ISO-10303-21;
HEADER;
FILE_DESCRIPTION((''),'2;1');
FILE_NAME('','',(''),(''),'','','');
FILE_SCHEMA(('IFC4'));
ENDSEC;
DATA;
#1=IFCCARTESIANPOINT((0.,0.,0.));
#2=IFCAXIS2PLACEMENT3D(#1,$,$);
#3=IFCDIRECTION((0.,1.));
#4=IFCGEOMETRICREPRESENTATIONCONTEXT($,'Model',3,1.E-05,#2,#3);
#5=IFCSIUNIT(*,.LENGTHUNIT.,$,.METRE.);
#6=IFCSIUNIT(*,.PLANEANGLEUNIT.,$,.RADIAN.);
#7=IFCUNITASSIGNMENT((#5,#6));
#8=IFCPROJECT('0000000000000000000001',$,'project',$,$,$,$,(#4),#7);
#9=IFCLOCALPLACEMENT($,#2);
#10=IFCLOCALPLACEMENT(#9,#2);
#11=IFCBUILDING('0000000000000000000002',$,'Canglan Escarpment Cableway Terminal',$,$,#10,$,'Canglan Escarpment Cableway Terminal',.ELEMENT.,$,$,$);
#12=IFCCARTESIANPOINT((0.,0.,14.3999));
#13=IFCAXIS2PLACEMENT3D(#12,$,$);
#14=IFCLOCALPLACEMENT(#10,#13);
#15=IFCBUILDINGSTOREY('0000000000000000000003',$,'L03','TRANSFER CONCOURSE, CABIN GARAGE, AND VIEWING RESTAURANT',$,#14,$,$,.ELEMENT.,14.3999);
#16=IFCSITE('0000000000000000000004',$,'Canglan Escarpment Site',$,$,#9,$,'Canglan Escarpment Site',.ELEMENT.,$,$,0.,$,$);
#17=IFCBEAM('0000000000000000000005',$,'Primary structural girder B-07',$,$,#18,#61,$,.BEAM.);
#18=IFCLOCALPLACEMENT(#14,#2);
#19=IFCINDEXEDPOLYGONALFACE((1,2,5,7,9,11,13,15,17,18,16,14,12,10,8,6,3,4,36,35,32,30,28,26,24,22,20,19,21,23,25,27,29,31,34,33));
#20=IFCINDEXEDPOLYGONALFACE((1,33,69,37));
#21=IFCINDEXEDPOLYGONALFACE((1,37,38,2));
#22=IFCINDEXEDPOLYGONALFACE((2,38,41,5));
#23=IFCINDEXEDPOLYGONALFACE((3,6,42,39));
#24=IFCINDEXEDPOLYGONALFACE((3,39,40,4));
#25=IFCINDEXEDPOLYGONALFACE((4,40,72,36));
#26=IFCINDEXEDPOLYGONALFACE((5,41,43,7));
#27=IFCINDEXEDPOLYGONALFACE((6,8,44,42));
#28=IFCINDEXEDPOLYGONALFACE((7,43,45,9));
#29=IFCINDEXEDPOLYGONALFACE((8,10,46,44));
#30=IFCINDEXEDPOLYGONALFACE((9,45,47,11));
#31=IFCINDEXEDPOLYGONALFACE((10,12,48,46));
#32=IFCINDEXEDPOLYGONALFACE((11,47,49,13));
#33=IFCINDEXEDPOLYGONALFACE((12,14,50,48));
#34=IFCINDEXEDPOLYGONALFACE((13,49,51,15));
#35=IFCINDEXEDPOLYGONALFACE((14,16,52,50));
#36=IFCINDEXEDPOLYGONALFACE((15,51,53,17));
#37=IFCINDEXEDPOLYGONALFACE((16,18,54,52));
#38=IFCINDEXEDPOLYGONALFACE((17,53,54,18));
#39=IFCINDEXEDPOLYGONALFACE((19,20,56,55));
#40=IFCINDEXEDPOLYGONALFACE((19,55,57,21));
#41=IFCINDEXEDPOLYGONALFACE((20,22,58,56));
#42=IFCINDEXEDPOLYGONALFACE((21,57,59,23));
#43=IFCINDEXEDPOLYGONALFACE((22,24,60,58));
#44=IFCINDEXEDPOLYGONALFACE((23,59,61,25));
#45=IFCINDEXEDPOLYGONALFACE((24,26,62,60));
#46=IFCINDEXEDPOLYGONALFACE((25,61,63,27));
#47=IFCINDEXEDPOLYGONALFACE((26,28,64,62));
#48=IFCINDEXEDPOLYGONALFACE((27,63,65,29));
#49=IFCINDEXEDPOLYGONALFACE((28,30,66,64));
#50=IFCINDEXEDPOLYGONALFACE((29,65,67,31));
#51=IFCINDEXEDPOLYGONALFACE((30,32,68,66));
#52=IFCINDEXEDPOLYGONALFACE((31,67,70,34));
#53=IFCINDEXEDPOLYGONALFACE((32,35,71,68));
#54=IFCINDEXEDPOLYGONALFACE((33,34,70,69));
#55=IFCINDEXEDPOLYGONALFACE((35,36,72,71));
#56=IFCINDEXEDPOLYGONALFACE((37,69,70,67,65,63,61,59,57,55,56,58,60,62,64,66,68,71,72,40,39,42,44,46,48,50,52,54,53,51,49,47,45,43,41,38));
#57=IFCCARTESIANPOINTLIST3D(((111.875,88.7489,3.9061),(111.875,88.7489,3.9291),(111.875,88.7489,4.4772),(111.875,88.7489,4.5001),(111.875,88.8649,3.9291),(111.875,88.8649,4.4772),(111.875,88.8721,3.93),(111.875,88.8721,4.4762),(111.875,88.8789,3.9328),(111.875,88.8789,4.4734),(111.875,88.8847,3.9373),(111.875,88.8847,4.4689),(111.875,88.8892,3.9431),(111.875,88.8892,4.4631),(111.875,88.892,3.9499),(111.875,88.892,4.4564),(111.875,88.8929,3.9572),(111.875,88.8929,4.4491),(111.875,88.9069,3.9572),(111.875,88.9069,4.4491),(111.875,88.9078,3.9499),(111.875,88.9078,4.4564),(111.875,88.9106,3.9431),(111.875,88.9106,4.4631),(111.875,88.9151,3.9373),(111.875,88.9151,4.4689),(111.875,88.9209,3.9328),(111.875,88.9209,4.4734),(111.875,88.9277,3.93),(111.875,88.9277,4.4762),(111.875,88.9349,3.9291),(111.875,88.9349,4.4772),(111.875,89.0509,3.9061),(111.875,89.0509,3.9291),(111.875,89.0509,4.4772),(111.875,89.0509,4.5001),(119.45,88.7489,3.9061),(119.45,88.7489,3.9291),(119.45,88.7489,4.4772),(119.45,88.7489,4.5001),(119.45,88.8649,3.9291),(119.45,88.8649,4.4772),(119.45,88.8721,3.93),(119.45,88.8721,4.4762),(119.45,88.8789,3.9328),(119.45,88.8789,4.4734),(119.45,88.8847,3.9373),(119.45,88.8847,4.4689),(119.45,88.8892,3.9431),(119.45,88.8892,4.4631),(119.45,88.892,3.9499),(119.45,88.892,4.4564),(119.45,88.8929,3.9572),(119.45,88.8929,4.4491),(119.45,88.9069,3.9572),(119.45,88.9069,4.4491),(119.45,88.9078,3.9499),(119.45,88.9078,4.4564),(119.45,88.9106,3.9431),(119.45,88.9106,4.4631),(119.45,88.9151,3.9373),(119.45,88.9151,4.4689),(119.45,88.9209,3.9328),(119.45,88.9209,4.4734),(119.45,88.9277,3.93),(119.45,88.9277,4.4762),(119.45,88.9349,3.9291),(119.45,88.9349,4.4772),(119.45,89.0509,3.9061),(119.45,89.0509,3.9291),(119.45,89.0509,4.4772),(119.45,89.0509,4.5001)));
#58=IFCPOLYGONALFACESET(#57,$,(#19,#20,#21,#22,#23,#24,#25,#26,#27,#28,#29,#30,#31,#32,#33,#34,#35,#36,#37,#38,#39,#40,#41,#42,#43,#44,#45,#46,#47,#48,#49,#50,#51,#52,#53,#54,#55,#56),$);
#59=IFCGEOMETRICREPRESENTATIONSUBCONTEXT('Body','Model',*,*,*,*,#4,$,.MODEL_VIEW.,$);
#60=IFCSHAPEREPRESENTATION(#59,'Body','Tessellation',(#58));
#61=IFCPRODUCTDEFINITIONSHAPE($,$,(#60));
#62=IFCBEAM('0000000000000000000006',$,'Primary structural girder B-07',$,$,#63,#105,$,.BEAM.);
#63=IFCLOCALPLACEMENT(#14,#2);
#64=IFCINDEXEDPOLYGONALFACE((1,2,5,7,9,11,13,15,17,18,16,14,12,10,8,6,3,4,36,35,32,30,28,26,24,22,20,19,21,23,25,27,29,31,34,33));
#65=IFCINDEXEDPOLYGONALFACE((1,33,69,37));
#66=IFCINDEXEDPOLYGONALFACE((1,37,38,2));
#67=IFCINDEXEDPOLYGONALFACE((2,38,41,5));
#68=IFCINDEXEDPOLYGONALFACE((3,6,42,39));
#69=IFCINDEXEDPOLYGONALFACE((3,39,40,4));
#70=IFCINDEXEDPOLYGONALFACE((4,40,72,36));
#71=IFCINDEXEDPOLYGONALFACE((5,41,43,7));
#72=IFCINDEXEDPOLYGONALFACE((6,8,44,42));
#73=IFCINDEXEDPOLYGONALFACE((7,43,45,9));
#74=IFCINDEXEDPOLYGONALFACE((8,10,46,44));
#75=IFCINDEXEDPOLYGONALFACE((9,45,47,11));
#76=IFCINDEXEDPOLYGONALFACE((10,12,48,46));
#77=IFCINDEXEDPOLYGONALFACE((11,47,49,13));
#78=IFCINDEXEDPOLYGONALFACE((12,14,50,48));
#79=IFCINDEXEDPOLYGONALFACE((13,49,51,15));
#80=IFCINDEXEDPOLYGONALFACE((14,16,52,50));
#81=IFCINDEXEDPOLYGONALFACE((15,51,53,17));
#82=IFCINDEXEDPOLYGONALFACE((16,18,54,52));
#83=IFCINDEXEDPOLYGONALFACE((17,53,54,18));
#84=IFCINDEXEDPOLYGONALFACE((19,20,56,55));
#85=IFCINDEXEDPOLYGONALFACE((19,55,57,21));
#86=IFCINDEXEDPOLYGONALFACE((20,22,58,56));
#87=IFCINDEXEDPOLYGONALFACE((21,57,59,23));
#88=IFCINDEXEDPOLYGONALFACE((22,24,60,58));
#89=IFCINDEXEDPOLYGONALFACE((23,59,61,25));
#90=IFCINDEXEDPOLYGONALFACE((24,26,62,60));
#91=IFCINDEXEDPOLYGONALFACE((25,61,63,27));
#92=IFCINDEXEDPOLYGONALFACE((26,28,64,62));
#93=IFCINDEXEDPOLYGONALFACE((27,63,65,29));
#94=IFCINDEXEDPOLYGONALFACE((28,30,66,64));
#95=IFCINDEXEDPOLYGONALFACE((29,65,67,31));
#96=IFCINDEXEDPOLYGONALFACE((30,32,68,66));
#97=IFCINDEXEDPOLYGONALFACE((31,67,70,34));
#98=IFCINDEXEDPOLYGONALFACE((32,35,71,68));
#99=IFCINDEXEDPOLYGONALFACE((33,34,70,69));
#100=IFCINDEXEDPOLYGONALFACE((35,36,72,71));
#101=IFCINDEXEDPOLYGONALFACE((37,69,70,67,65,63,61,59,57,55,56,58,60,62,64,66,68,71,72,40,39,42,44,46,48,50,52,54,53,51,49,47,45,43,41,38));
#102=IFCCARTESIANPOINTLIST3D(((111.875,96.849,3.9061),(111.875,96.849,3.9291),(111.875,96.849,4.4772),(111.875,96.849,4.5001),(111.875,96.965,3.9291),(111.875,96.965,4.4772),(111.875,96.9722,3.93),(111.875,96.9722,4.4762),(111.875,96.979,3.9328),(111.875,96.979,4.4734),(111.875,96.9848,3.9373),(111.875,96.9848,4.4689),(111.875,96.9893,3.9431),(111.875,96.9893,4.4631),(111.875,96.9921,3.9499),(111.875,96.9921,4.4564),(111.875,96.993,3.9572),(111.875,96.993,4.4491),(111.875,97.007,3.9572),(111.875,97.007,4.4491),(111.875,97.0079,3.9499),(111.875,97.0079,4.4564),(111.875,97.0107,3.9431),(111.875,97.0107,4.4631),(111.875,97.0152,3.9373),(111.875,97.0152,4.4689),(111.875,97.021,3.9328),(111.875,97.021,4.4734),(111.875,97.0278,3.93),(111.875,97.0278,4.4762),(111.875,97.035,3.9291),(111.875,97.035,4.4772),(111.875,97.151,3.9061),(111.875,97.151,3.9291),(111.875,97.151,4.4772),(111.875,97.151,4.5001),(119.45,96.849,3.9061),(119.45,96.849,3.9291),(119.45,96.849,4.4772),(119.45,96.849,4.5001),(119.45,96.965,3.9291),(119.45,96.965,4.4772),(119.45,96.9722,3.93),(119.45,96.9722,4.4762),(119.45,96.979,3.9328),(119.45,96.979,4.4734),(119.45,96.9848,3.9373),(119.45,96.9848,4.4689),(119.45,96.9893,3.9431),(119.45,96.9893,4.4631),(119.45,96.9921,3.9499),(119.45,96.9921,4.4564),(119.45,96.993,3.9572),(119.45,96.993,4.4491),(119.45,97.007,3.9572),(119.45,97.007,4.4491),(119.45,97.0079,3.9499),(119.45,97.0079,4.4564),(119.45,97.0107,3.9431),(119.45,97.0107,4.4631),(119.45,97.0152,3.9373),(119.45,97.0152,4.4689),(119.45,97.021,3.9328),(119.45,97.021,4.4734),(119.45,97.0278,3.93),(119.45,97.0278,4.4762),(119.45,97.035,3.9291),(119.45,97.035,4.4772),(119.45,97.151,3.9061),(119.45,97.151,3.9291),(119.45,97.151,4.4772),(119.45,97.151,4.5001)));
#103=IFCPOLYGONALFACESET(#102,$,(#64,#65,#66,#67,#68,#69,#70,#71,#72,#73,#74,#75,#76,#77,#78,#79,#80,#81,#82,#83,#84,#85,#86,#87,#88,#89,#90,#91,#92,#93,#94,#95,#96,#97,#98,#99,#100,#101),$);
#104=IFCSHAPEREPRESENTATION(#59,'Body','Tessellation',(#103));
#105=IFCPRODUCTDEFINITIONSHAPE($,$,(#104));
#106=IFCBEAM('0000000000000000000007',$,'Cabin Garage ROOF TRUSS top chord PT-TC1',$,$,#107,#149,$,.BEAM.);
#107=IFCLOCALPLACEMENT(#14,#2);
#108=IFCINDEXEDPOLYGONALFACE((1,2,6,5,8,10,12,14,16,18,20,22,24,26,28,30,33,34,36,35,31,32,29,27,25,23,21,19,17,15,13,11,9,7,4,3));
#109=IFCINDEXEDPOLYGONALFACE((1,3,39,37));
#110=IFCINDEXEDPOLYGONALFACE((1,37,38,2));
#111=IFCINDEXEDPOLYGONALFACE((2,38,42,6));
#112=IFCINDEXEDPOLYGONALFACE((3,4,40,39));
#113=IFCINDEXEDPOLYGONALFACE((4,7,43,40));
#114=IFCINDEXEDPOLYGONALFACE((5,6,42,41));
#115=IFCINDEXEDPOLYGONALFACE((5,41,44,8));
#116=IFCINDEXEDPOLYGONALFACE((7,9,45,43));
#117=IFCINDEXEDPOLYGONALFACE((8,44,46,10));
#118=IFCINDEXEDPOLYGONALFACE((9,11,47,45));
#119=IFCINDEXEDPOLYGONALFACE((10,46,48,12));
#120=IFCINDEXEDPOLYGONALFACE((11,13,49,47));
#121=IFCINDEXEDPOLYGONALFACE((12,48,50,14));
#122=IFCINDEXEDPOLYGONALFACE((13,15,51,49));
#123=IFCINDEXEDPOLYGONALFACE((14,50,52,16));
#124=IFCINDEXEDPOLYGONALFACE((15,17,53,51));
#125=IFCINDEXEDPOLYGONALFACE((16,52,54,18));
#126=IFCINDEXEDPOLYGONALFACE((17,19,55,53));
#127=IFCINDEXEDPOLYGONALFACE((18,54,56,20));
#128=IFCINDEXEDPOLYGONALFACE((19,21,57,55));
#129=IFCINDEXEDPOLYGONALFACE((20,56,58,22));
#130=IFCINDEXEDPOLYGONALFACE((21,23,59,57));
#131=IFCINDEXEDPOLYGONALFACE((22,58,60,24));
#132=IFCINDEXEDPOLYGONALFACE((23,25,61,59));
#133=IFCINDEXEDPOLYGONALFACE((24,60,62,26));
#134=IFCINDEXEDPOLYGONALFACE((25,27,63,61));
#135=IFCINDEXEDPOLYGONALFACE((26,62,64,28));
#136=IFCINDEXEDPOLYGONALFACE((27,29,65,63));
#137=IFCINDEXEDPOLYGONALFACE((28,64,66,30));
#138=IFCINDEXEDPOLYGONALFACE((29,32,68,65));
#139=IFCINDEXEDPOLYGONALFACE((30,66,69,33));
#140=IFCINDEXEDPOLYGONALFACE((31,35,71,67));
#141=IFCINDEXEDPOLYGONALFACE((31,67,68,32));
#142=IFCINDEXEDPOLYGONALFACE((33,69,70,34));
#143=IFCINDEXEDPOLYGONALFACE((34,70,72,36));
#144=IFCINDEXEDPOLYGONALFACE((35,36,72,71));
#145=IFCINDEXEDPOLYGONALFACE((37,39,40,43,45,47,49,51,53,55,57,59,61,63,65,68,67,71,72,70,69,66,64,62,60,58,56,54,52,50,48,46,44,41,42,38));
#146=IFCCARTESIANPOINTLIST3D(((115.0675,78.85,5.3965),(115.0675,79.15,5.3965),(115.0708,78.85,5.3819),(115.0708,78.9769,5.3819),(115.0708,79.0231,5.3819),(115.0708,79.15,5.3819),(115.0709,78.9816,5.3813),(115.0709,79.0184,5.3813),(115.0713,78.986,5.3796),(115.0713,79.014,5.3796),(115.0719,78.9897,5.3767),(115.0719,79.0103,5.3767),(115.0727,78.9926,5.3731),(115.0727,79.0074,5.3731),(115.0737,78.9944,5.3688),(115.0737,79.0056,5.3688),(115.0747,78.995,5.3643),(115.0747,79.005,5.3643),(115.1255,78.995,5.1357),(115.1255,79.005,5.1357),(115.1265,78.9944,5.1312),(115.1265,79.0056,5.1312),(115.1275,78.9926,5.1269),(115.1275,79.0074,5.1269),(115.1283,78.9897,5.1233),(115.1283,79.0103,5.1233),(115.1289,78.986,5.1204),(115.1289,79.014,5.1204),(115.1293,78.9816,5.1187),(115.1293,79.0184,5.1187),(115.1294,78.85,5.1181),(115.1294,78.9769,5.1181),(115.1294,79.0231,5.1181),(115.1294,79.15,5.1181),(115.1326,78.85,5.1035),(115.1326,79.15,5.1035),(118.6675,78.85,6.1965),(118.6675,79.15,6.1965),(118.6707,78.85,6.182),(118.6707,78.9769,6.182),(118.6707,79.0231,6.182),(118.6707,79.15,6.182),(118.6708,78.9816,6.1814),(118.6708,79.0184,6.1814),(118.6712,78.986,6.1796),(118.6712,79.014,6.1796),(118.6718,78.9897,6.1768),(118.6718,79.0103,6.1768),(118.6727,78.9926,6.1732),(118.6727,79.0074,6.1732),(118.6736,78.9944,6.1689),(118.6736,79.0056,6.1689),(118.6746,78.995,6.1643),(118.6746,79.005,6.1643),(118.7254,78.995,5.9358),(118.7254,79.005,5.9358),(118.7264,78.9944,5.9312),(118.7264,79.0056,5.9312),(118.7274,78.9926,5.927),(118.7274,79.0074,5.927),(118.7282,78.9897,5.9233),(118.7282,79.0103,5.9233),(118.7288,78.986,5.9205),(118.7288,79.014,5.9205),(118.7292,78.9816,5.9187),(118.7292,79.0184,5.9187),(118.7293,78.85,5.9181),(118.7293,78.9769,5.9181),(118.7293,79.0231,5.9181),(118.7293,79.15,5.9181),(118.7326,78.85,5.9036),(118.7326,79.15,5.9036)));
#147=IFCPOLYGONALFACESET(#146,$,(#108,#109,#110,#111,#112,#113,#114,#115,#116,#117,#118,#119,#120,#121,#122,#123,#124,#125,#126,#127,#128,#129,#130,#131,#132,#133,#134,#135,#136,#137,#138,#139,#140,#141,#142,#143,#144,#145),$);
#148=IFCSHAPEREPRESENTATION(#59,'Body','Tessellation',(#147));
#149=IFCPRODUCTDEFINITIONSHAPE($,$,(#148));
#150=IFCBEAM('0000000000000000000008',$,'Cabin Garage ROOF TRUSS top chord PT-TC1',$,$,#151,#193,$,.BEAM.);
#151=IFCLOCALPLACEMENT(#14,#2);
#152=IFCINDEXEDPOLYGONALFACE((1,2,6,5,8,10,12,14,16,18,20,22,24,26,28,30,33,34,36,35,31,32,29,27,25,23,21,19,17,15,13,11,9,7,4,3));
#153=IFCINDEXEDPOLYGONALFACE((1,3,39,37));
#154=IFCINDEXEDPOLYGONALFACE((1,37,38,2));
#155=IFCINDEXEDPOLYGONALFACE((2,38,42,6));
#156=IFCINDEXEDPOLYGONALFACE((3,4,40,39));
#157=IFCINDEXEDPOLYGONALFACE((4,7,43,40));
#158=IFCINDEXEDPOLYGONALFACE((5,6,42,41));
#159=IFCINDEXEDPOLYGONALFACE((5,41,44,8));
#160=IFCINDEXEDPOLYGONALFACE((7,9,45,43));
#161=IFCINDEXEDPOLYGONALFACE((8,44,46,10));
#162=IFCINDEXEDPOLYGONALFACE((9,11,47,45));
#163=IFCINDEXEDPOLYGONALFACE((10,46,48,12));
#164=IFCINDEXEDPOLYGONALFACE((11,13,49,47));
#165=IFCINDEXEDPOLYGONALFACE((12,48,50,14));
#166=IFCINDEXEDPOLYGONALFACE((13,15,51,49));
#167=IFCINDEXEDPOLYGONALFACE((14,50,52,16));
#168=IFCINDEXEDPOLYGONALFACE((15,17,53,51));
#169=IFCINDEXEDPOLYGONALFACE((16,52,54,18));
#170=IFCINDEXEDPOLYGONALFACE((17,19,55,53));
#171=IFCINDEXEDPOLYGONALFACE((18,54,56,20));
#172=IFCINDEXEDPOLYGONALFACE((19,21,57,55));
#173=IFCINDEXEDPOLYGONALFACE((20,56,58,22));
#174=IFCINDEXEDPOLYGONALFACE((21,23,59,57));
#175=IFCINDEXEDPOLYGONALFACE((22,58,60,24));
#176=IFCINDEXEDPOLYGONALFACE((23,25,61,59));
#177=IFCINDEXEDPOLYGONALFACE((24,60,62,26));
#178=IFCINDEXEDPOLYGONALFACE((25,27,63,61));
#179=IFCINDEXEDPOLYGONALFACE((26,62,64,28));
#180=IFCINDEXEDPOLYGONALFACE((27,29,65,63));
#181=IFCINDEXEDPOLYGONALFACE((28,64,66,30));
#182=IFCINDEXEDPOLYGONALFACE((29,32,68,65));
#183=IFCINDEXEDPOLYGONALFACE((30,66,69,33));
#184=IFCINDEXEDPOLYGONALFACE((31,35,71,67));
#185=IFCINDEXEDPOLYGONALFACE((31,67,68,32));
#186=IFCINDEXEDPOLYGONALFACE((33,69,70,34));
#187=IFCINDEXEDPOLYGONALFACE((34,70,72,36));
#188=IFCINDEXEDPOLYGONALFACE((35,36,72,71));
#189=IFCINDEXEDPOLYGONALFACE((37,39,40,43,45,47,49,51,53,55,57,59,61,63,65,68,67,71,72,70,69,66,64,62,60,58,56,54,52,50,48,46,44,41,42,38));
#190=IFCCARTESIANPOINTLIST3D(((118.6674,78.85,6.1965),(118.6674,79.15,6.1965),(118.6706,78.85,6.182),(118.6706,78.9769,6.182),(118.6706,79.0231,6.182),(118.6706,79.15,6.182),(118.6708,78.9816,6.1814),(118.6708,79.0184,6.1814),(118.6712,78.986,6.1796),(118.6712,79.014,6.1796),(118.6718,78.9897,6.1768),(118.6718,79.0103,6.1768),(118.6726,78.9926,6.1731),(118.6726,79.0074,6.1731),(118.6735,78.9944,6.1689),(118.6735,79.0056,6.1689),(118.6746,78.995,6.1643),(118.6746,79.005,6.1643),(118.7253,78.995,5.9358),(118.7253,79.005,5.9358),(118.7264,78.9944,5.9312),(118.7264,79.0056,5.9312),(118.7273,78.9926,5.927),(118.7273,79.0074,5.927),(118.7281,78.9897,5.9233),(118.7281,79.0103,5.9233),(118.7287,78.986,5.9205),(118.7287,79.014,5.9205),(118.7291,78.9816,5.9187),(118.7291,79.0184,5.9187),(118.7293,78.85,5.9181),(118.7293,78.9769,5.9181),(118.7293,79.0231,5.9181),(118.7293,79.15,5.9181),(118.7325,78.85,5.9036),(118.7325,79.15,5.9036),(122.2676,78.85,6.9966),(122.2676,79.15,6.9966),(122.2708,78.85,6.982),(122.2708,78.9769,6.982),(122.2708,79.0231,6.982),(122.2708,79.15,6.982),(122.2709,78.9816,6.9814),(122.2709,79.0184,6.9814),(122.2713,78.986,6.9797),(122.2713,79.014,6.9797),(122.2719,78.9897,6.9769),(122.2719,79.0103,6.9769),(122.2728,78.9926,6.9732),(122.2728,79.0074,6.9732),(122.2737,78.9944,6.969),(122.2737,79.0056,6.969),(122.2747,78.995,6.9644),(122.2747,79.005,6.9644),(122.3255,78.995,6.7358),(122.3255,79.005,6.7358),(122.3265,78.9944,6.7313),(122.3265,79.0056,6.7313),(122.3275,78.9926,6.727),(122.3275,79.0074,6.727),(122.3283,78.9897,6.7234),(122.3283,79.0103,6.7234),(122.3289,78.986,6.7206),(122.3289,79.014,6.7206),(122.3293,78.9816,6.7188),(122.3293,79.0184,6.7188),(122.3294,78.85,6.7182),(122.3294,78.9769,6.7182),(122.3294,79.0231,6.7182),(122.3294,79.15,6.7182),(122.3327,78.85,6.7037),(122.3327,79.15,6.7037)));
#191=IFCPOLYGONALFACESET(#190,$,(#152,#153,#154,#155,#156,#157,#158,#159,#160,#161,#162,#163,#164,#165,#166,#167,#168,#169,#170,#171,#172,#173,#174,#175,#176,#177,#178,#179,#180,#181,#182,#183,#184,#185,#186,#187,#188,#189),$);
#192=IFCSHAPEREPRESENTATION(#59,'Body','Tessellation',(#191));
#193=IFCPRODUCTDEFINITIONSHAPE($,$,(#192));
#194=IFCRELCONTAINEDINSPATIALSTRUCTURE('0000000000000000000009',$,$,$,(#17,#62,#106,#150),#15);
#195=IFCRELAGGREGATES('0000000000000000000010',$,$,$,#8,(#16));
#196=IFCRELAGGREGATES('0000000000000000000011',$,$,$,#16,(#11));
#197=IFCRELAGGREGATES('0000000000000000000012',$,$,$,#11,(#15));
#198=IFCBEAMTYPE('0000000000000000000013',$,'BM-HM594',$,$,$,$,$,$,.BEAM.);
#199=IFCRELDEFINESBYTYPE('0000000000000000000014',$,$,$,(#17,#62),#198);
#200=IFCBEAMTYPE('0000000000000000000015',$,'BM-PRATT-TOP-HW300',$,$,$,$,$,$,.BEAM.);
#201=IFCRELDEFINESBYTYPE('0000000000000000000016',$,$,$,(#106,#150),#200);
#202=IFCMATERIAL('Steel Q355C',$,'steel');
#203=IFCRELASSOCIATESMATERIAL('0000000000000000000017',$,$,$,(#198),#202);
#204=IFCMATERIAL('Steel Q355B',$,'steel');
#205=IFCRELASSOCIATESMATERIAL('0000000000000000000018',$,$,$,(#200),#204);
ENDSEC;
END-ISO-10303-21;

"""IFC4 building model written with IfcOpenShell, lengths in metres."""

from ifc_helpers import new_model, si_unit, direction, frame, origin, origin_2d, place, context, subcontext, project, spatial, i_section, extrude, material, material_profile, profile_set, type_object, element, save


model = new_model("IFC4")

# Units and contexts
model_context = context("Model", 3, precision=1e-05, world=origin(), true_north=direction((0.0, 1.0)))
body_context = subcontext(model_context, "Body", "Model", "MODEL_VIEW")
ifc_project = project(units=[si_unit("LENGTHUNIT", "METRE"), si_unit("PLANEANGLEUNIT", "RADIAN")], contexts=[model_context])

# Site, building, storey
site_placement = place(None, origin())
site = spatial("IfcSite", under=ifc_project, at=site_placement, Name="Canglan Escarpment Site", LongName="Canglan Escarpment Site", CompositionType="ELEMENT", RefElevation=0.0)
building_placement = place(site_placement, origin())
building = spatial("IfcBuilding", under=site, at=building_placement, Name="Canglan Escarpment Cableway Terminal", LongName="Canglan Escarpment Cableway Terminal", CompositionType="ELEMENT")
storey_placement = place(building_placement, frame((0.0, 0.0, 14.3999)))
storey = spatial("IfcBuildingStorey", under=building, at=storey_placement, Name="L03", Description="TRANSFER CONCOURSE, CABIN GARAGE, AND VIEWING RESTAURANT", CompositionType="ELEMENT", Elevation=14.3999)

# Beams
ifc_material_1 = material(Name="Steel Q355C", Category="steel")
ifc_material_profile_1 = material_profile(ifc_material_1, i_section(OverallWidth=0.302, OverallDepth=0.594, WebThickness=0.0139, FlangeThickness=0.0229, FilletRadius=0.0281, at=origin_2d()), Name="HM 594x302x14x23")
ifc_profile_set_1 = profile_set([ifc_material_profile_1], Name="Steel Q355C")
beam_type_1 = type_object("IfcBeamType", Name="BM-HM594", PredefinedType="BEAM", material=ifc_profile_set_1)
for number, where, z_axis, x_axis, name in (
    (1, (111.875, 88.8999, 4.2031), (1.0, 0.0, 0.0), (0.0, 1.0, 0.0), "Primary structural girder B-07"),
    (2, (111.875, 97.0, 4.2031), (1.0, 0.0, 0.0), (0.0, 1.0, 0.0), "Primary structural girder B-07"),
):
    element("IfcBeam", number, at=place(storey_placement, frame(where, z_axis=z_axis, x_axis=x_axis)), inside=storey, type_object=beam_type_1, Name=name, PredefinedType="BEAM", context=body_context, shape_type="SweptSolid", body=[
        extrude(i_section(OverallWidth=0.302, OverallDepth=0.594, WebThickness=0.0139, FlangeThickness=0.0229, FilletRadius=0.0281, at=origin_2d()), origin(), (0.0, 0.0, 1.0), 7.575),
    ])
ifc_material_2 = material(Name="Steel Q355B", Category="steel")
ifc_material_profile_2 = material_profile(ifc_material_2, i_section(OverallWidth=0.3, OverallDepth=0.3, WebThickness=0.01, FlangeThickness=0.0149, FilletRadius=0.0181, at=origin_2d()), Name="HW 300x300x10x15")
ifc_profile_set_2 = profile_set([ifc_material_profile_2], Name="Steel Q355B")
beam_type_2 = type_object("IfcBeamType", Name="BM-PRATT-TOP-HW300", PredefinedType="BEAM", material=ifc_profile_set_2)
beam_1_placement = place(storey_placement, frame((115.1001, 79.0, 5.25), z_axis=(0.976182, 0.0, 0.216951), x_axis=(0.0, 1.0, 0.0)))
element("IfcBeam", 3, at=beam_1_placement, inside=storey, type_object=beam_type_2, Name="Cabin Garage ROOF TRUSS top chord PT-TC1", PredefinedType="BEAM", context=body_context, shape_type="SweptSolid", body=[
    extrude(i_section(OverallWidth=0.3, OverallDepth=0.3, WebThickness=0.01, FlangeThickness=0.0149, FilletRadius=0.0181, at=origin_2d()), origin(), (0.0, 0.0, 1.0), 3.6877),
])
beam_2_placement = place(storey_placement, frame((118.7, 79.0, 6.05), z_axis=(0.976186, 0.0, 0.216937), x_axis=(0.0, 1.0, 0.0)))
element("IfcBeam", 4, at=beam_2_placement, inside=storey, type_object=beam_type_2, Name="Cabin Garage ROOF TRUSS top chord PT-TC1", PredefinedType="BEAM", context=body_context, shape_type="SweptSolid", body=[
    extrude(i_section(OverallWidth=0.3, OverallDepth=0.3, WebThickness=0.01, FlangeThickness=0.0149, FilletRadius=0.0181, at=origin_2d()), origin(), (0.0, 0.0, 1.0), 3.688),
])

save(model, "model.ifc")
